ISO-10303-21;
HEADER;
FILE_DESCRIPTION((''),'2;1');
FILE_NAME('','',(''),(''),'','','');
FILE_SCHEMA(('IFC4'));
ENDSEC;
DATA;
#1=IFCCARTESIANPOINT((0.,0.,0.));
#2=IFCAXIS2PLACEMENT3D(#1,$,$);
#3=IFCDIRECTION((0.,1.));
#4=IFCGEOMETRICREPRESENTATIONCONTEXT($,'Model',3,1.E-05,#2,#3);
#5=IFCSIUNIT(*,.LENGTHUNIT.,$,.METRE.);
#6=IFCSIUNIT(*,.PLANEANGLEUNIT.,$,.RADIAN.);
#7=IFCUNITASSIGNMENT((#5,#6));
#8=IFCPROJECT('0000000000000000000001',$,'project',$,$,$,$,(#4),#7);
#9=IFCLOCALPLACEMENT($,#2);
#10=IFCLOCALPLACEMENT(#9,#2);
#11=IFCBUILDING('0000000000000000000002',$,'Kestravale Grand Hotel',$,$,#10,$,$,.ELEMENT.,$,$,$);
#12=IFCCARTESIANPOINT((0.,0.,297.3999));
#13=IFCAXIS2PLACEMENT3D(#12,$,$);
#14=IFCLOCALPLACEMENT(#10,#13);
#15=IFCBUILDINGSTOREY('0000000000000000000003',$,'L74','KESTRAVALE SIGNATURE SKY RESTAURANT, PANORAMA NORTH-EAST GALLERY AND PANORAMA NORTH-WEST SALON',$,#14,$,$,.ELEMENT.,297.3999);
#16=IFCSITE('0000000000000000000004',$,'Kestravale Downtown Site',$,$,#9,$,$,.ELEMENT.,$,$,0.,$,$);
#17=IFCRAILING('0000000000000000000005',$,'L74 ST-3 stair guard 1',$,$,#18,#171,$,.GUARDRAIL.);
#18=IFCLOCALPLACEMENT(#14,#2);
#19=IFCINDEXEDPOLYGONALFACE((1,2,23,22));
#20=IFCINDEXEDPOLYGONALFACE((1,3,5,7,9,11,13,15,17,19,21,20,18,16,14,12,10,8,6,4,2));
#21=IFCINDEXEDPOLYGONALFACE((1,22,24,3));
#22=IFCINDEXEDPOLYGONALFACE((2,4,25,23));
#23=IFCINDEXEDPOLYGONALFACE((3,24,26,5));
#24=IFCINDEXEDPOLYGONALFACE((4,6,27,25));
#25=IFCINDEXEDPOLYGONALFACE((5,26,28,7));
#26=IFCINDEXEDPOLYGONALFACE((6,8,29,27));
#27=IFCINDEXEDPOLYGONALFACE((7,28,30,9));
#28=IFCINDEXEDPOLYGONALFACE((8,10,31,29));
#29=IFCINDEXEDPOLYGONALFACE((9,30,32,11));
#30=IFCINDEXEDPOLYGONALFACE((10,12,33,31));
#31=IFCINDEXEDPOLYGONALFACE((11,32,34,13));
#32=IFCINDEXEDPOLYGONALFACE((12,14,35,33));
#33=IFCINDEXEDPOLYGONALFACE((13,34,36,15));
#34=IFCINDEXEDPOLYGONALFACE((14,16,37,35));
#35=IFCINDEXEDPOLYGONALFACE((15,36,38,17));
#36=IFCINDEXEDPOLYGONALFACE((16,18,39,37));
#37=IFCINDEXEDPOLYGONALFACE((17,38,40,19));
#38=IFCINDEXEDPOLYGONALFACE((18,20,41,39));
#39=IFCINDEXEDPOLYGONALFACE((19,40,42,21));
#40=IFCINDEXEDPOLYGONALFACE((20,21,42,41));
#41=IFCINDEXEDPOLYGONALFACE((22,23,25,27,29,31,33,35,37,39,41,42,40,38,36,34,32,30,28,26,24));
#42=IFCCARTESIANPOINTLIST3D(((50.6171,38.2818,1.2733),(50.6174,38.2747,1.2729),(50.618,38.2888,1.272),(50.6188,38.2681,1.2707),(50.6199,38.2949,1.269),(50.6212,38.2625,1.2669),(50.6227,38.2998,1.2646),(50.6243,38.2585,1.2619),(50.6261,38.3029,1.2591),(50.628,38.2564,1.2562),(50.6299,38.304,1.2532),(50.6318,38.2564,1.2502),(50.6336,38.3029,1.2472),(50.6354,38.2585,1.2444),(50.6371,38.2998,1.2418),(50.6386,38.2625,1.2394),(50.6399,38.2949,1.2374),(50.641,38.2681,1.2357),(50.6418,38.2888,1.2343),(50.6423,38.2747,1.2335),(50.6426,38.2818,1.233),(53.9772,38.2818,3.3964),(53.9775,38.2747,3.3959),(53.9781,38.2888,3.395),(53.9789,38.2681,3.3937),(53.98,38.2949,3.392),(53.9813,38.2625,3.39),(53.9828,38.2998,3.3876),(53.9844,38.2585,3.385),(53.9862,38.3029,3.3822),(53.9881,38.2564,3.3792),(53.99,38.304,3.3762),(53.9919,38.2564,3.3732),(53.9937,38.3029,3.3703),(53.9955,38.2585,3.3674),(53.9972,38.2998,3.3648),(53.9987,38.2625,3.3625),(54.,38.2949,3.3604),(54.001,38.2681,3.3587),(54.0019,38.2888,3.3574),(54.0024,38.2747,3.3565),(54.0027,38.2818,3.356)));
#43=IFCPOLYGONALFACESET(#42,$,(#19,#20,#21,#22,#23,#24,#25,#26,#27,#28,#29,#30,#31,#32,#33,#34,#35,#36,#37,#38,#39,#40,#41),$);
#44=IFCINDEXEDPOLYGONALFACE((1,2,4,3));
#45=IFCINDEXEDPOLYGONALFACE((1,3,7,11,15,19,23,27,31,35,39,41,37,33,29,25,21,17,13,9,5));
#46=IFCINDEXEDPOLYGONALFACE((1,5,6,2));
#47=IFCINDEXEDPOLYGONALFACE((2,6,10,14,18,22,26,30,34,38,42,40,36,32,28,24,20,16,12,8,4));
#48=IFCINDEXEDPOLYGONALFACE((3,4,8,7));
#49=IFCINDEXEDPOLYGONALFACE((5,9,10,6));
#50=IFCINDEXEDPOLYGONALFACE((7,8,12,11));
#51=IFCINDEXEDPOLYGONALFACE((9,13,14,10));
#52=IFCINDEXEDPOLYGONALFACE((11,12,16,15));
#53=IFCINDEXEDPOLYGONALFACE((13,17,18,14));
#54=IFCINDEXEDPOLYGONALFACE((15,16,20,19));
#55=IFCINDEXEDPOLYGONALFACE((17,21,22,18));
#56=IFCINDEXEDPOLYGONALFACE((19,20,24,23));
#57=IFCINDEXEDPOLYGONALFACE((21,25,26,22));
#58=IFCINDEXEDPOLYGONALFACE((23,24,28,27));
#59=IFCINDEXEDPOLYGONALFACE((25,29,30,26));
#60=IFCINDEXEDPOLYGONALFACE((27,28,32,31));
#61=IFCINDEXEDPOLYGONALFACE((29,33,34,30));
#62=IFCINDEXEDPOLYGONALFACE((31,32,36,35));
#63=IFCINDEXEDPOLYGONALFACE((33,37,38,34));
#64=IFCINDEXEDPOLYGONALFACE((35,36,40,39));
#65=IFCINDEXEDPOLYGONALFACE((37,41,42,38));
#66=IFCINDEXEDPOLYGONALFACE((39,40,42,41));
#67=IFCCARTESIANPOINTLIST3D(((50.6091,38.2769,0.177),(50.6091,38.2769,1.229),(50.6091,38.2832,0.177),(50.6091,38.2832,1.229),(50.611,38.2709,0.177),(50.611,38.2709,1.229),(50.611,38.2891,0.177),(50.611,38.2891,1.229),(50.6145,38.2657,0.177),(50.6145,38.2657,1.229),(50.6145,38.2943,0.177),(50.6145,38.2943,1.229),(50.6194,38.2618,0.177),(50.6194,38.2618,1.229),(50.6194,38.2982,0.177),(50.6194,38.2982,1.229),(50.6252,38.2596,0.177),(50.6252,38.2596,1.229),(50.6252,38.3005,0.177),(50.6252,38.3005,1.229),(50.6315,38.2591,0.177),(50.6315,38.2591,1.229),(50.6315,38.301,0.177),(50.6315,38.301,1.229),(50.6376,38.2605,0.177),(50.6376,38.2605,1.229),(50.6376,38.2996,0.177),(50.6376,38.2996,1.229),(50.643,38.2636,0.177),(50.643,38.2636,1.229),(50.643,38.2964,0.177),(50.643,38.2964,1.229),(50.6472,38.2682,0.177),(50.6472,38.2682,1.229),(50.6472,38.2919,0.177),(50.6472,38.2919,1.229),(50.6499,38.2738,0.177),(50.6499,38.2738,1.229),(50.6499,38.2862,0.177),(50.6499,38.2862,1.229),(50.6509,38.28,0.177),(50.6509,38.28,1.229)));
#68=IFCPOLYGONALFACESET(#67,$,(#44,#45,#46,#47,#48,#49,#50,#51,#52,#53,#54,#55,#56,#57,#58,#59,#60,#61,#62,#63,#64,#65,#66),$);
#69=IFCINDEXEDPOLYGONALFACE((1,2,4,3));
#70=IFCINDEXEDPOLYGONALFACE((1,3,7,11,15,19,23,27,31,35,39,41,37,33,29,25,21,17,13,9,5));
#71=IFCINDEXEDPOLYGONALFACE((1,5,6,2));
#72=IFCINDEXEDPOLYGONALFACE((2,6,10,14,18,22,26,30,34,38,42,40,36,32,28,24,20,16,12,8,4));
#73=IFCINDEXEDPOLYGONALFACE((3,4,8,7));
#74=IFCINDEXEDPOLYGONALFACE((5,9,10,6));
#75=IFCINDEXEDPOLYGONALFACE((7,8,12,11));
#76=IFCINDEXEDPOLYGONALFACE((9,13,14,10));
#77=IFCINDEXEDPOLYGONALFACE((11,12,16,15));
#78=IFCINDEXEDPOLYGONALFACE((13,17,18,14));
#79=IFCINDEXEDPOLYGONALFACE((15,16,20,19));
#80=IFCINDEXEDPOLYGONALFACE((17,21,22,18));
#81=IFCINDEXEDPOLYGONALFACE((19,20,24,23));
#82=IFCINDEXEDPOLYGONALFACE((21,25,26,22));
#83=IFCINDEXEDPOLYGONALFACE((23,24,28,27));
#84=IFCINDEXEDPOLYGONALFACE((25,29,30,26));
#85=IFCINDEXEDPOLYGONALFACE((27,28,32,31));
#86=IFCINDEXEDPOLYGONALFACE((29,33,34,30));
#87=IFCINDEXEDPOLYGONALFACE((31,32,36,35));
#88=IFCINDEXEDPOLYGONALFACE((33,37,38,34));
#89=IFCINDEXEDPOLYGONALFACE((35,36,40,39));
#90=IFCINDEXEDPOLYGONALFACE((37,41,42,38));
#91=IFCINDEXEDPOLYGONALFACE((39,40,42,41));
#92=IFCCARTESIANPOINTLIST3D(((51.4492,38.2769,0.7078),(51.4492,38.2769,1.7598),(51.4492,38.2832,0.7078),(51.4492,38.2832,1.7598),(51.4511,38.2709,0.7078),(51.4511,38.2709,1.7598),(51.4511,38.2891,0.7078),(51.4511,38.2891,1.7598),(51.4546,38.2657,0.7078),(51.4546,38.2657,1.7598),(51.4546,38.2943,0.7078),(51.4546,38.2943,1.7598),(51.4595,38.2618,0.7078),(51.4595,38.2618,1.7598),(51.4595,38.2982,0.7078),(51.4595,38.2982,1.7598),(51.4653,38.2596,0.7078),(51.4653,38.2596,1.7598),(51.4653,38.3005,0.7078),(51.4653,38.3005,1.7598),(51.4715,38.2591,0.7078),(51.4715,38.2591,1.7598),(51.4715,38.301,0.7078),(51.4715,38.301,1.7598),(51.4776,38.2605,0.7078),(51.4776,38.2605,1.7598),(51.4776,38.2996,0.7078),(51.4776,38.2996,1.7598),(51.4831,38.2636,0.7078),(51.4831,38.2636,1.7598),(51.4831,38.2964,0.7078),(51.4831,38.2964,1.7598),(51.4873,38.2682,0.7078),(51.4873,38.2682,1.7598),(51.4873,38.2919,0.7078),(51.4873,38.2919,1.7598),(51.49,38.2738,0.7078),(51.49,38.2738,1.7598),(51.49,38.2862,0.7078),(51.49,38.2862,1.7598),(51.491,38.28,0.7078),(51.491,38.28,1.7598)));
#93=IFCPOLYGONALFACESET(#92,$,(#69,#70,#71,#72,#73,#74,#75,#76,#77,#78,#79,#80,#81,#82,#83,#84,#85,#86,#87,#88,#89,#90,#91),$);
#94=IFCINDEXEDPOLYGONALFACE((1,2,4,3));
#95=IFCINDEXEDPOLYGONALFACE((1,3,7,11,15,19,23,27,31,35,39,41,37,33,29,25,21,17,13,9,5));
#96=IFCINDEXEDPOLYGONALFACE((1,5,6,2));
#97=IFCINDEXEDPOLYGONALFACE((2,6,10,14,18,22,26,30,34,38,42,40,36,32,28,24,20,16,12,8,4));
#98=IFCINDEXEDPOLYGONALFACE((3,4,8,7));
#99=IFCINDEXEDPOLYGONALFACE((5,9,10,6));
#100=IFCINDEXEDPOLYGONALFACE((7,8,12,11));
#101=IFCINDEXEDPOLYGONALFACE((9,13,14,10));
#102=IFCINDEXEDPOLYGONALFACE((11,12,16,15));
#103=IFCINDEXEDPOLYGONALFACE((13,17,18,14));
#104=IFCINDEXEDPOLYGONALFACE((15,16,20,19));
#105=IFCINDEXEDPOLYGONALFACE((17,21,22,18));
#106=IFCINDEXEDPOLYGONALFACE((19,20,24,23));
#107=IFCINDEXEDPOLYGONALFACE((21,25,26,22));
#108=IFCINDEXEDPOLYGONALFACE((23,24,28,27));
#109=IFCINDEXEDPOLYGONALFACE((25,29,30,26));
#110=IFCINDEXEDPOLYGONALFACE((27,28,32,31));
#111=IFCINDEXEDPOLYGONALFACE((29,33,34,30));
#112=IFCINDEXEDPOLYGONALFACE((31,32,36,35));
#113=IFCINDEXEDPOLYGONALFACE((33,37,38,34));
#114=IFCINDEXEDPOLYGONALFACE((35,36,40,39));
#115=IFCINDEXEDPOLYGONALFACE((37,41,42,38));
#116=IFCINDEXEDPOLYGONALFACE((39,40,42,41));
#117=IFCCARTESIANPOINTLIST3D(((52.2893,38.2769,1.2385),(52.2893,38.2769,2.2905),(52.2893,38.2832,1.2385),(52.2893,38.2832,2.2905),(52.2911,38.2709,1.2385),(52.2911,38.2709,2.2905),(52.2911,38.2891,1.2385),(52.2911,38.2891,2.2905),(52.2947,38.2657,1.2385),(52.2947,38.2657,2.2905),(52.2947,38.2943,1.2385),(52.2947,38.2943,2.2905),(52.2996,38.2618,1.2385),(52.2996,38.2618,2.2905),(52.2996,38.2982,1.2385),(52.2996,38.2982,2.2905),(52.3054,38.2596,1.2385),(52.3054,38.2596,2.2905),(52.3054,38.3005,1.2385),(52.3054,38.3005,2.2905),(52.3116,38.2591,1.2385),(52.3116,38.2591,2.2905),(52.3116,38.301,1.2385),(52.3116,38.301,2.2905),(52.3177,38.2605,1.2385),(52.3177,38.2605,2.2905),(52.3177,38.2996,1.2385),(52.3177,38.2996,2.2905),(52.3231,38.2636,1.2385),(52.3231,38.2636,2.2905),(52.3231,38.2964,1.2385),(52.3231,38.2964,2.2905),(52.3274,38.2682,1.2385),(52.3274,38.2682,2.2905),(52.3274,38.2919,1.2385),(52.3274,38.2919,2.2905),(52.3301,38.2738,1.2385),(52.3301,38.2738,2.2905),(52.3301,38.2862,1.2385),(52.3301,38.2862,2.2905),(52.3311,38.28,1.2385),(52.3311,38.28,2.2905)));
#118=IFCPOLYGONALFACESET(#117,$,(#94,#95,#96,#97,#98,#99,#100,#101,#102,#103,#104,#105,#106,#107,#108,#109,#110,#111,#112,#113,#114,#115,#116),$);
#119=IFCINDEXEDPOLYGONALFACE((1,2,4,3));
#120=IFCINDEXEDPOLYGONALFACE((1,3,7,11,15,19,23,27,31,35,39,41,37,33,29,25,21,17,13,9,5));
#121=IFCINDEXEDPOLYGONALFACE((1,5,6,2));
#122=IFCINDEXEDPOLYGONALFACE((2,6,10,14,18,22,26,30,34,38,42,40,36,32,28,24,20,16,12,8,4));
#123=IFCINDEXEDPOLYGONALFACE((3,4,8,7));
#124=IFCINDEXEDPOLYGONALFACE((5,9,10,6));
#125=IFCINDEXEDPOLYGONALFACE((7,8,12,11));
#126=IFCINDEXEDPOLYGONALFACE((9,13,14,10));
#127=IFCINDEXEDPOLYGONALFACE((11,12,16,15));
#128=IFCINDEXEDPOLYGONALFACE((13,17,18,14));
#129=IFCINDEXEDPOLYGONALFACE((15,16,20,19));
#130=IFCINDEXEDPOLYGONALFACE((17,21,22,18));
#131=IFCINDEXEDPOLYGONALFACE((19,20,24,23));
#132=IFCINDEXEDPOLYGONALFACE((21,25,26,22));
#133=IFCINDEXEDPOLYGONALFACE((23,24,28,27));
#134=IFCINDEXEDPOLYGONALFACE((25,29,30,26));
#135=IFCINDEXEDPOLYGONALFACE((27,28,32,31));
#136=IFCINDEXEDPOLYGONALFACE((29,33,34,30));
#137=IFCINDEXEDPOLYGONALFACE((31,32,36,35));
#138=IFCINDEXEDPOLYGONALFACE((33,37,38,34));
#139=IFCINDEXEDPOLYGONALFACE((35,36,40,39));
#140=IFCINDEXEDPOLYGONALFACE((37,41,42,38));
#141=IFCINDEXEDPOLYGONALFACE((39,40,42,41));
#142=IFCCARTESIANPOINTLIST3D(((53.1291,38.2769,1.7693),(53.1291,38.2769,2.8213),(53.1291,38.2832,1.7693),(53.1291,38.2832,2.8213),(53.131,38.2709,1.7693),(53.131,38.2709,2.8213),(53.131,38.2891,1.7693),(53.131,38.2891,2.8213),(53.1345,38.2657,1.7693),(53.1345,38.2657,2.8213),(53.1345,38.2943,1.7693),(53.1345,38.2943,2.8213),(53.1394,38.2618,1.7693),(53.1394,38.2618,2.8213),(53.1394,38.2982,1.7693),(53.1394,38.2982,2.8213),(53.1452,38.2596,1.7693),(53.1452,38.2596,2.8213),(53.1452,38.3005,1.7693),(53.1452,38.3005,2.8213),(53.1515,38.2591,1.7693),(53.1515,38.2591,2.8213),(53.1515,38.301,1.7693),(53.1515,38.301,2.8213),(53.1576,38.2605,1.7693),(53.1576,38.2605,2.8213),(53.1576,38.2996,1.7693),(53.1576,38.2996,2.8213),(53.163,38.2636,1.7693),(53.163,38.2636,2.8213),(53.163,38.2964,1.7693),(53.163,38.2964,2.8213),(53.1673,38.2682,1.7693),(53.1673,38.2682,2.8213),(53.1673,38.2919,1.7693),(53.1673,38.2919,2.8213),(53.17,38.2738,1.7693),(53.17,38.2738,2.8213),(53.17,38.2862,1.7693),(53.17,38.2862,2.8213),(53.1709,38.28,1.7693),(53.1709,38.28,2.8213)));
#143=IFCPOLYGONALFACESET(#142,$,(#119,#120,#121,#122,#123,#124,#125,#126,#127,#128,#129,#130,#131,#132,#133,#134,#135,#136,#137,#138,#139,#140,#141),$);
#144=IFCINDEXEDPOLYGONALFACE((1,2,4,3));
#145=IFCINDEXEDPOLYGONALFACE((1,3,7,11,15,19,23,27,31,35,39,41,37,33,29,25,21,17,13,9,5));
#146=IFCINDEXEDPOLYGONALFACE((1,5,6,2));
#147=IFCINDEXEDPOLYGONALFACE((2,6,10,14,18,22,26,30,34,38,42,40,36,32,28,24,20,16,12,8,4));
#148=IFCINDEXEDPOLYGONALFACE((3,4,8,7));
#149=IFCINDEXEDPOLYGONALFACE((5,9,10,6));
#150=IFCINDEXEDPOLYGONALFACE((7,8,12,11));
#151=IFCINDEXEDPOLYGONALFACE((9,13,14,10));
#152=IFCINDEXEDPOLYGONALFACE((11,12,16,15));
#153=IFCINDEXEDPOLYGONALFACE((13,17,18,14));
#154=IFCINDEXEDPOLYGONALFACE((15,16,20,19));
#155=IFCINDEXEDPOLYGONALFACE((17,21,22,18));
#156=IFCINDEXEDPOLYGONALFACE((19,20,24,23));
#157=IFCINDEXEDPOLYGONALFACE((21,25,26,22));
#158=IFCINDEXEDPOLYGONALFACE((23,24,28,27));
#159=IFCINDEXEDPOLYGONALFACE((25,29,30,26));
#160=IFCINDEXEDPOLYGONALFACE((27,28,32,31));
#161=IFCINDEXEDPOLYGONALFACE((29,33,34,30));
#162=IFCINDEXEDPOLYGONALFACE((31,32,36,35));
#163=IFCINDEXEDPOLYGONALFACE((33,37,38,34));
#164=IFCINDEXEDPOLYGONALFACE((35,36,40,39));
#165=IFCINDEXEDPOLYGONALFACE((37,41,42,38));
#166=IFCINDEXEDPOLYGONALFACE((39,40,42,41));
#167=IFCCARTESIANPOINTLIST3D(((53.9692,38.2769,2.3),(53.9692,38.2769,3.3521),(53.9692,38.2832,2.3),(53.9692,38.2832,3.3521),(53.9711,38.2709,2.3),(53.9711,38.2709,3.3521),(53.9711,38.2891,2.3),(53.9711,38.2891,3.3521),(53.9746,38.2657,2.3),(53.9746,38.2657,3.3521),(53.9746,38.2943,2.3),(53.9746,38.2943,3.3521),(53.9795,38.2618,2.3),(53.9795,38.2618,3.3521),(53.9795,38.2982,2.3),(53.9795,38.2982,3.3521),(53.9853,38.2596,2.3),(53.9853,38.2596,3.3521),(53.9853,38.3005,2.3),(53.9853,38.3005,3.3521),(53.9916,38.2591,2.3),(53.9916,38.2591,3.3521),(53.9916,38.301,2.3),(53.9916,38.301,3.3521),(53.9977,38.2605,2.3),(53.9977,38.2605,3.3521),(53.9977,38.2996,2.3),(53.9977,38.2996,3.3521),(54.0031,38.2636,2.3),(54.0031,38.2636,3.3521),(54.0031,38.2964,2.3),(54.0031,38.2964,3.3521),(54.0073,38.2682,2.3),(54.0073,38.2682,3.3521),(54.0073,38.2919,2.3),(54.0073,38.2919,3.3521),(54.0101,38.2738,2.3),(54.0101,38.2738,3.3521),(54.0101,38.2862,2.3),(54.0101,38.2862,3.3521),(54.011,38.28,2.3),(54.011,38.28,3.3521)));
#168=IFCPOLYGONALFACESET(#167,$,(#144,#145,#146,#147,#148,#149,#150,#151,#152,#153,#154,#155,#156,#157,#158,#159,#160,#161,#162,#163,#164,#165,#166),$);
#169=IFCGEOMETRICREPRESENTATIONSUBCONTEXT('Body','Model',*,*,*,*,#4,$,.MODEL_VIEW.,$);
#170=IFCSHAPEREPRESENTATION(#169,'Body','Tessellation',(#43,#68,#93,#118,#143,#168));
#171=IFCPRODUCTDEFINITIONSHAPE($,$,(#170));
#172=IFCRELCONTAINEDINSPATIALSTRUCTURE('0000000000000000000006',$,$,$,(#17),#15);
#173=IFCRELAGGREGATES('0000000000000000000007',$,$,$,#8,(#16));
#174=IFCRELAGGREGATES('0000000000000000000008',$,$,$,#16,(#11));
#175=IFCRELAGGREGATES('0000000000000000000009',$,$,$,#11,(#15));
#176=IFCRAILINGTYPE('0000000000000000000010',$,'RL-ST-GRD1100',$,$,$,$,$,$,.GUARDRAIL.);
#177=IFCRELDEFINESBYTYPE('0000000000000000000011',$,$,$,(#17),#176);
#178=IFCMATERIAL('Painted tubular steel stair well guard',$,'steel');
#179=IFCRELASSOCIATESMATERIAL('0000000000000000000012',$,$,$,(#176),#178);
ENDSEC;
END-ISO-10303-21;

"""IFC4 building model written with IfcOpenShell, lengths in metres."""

from ifc_helpers import new_model, si_unit, direction, frame, origin, origin_2d, place, context, subcontext, project, spatial, circle, extrude, material, type_object, element, save


model = new_model("IFC4")

# Units and contexts
model_context = context("Model", 3, precision=1e-05, world=origin(), true_north=direction((0.0, 1.0)))
body_context = subcontext(model_context, "Body", "Model", "MODEL_VIEW")
ifc_project = project(units=[si_unit("LENGTHUNIT", "METRE"), si_unit("PLANEANGLEUNIT", "RADIAN")], contexts=[model_context])

# Site, building, storey
site_placement = place(None, origin())
site = spatial("IfcSite", under=ifc_project, at=site_placement, Name="Kestravale Downtown Site", CompositionType="ELEMENT", RefElevation=0.0)
building_placement = place(site_placement, origin())
building = spatial("IfcBuilding", under=site, at=building_placement, Name="Kestravale Grand Hotel", CompositionType="ELEMENT")
storey_placement = place(building_placement, frame((0.0, 0.0, 297.3999)))
storey = spatial("IfcBuildingStorey", under=building, at=storey_placement, Name="L74", Description="KESTRAVALE SIGNATURE SKY RESTAURANT, PANORAMA NORTH-EAST GALLERY AND PANORAMA NORTH-WEST SALON", CompositionType="ELEMENT", Elevation=297.3999)

# Railing
ifc_material_1 = material(Name="Painted tubular steel stair well guard", Category="steel")
railing_type_1 = type_object("IfcRailingType", Name="RL-ST-GRD1100", PredefinedType="GUARDRAIL", material=ifc_material_1)
railing_1_placement = place(storey_placement, frame((50.6299, 38.28, 0.177)))
element("IfcRailing", 1, at=railing_1_placement, inside=storey, type_object=railing_type_1, Name="L74 ST-3 stair guard 1", PredefinedType="GUARDRAIL", context=body_context, shape_type="SweptSolid", body=[
    extrude(circle(Radius=0.0239, at=origin_2d()), frame((0.0, 0.0, 1.0762), z_axis=(0.84539, 0.0, 0.53415), x_axis=(0.0, 1.0, 0.0)), (0.0, 0.0, 1.0), 3.9746),
    extrude(circle(Radius=0.021, at=origin_2d()), origin(), (0.0, 0.0, 1.0), 1.052),
    extrude(circle(Radius=0.021, at=origin_2d()), frame((0.8401, 0.0, 0.5308)), (0.0, 0.0, 1.0), 1.052),
    extrude(circle(Radius=0.021, at=origin_2d()), frame((1.6802, 0.0, 1.0615)), (0.0, 0.0, 1.0), 1.052),
    extrude(circle(Radius=0.021, at=origin_2d()), frame((2.52, 0.0, 1.5923)), (0.0, 0.0, 1.0), 1.052),
    extrude(circle(Radius=0.021, at=origin_2d()), frame((3.3601, 0.0, 2.123)), (0.0, 0.0, 1.0), 1.052),
])

save(model, "model.ifc")
